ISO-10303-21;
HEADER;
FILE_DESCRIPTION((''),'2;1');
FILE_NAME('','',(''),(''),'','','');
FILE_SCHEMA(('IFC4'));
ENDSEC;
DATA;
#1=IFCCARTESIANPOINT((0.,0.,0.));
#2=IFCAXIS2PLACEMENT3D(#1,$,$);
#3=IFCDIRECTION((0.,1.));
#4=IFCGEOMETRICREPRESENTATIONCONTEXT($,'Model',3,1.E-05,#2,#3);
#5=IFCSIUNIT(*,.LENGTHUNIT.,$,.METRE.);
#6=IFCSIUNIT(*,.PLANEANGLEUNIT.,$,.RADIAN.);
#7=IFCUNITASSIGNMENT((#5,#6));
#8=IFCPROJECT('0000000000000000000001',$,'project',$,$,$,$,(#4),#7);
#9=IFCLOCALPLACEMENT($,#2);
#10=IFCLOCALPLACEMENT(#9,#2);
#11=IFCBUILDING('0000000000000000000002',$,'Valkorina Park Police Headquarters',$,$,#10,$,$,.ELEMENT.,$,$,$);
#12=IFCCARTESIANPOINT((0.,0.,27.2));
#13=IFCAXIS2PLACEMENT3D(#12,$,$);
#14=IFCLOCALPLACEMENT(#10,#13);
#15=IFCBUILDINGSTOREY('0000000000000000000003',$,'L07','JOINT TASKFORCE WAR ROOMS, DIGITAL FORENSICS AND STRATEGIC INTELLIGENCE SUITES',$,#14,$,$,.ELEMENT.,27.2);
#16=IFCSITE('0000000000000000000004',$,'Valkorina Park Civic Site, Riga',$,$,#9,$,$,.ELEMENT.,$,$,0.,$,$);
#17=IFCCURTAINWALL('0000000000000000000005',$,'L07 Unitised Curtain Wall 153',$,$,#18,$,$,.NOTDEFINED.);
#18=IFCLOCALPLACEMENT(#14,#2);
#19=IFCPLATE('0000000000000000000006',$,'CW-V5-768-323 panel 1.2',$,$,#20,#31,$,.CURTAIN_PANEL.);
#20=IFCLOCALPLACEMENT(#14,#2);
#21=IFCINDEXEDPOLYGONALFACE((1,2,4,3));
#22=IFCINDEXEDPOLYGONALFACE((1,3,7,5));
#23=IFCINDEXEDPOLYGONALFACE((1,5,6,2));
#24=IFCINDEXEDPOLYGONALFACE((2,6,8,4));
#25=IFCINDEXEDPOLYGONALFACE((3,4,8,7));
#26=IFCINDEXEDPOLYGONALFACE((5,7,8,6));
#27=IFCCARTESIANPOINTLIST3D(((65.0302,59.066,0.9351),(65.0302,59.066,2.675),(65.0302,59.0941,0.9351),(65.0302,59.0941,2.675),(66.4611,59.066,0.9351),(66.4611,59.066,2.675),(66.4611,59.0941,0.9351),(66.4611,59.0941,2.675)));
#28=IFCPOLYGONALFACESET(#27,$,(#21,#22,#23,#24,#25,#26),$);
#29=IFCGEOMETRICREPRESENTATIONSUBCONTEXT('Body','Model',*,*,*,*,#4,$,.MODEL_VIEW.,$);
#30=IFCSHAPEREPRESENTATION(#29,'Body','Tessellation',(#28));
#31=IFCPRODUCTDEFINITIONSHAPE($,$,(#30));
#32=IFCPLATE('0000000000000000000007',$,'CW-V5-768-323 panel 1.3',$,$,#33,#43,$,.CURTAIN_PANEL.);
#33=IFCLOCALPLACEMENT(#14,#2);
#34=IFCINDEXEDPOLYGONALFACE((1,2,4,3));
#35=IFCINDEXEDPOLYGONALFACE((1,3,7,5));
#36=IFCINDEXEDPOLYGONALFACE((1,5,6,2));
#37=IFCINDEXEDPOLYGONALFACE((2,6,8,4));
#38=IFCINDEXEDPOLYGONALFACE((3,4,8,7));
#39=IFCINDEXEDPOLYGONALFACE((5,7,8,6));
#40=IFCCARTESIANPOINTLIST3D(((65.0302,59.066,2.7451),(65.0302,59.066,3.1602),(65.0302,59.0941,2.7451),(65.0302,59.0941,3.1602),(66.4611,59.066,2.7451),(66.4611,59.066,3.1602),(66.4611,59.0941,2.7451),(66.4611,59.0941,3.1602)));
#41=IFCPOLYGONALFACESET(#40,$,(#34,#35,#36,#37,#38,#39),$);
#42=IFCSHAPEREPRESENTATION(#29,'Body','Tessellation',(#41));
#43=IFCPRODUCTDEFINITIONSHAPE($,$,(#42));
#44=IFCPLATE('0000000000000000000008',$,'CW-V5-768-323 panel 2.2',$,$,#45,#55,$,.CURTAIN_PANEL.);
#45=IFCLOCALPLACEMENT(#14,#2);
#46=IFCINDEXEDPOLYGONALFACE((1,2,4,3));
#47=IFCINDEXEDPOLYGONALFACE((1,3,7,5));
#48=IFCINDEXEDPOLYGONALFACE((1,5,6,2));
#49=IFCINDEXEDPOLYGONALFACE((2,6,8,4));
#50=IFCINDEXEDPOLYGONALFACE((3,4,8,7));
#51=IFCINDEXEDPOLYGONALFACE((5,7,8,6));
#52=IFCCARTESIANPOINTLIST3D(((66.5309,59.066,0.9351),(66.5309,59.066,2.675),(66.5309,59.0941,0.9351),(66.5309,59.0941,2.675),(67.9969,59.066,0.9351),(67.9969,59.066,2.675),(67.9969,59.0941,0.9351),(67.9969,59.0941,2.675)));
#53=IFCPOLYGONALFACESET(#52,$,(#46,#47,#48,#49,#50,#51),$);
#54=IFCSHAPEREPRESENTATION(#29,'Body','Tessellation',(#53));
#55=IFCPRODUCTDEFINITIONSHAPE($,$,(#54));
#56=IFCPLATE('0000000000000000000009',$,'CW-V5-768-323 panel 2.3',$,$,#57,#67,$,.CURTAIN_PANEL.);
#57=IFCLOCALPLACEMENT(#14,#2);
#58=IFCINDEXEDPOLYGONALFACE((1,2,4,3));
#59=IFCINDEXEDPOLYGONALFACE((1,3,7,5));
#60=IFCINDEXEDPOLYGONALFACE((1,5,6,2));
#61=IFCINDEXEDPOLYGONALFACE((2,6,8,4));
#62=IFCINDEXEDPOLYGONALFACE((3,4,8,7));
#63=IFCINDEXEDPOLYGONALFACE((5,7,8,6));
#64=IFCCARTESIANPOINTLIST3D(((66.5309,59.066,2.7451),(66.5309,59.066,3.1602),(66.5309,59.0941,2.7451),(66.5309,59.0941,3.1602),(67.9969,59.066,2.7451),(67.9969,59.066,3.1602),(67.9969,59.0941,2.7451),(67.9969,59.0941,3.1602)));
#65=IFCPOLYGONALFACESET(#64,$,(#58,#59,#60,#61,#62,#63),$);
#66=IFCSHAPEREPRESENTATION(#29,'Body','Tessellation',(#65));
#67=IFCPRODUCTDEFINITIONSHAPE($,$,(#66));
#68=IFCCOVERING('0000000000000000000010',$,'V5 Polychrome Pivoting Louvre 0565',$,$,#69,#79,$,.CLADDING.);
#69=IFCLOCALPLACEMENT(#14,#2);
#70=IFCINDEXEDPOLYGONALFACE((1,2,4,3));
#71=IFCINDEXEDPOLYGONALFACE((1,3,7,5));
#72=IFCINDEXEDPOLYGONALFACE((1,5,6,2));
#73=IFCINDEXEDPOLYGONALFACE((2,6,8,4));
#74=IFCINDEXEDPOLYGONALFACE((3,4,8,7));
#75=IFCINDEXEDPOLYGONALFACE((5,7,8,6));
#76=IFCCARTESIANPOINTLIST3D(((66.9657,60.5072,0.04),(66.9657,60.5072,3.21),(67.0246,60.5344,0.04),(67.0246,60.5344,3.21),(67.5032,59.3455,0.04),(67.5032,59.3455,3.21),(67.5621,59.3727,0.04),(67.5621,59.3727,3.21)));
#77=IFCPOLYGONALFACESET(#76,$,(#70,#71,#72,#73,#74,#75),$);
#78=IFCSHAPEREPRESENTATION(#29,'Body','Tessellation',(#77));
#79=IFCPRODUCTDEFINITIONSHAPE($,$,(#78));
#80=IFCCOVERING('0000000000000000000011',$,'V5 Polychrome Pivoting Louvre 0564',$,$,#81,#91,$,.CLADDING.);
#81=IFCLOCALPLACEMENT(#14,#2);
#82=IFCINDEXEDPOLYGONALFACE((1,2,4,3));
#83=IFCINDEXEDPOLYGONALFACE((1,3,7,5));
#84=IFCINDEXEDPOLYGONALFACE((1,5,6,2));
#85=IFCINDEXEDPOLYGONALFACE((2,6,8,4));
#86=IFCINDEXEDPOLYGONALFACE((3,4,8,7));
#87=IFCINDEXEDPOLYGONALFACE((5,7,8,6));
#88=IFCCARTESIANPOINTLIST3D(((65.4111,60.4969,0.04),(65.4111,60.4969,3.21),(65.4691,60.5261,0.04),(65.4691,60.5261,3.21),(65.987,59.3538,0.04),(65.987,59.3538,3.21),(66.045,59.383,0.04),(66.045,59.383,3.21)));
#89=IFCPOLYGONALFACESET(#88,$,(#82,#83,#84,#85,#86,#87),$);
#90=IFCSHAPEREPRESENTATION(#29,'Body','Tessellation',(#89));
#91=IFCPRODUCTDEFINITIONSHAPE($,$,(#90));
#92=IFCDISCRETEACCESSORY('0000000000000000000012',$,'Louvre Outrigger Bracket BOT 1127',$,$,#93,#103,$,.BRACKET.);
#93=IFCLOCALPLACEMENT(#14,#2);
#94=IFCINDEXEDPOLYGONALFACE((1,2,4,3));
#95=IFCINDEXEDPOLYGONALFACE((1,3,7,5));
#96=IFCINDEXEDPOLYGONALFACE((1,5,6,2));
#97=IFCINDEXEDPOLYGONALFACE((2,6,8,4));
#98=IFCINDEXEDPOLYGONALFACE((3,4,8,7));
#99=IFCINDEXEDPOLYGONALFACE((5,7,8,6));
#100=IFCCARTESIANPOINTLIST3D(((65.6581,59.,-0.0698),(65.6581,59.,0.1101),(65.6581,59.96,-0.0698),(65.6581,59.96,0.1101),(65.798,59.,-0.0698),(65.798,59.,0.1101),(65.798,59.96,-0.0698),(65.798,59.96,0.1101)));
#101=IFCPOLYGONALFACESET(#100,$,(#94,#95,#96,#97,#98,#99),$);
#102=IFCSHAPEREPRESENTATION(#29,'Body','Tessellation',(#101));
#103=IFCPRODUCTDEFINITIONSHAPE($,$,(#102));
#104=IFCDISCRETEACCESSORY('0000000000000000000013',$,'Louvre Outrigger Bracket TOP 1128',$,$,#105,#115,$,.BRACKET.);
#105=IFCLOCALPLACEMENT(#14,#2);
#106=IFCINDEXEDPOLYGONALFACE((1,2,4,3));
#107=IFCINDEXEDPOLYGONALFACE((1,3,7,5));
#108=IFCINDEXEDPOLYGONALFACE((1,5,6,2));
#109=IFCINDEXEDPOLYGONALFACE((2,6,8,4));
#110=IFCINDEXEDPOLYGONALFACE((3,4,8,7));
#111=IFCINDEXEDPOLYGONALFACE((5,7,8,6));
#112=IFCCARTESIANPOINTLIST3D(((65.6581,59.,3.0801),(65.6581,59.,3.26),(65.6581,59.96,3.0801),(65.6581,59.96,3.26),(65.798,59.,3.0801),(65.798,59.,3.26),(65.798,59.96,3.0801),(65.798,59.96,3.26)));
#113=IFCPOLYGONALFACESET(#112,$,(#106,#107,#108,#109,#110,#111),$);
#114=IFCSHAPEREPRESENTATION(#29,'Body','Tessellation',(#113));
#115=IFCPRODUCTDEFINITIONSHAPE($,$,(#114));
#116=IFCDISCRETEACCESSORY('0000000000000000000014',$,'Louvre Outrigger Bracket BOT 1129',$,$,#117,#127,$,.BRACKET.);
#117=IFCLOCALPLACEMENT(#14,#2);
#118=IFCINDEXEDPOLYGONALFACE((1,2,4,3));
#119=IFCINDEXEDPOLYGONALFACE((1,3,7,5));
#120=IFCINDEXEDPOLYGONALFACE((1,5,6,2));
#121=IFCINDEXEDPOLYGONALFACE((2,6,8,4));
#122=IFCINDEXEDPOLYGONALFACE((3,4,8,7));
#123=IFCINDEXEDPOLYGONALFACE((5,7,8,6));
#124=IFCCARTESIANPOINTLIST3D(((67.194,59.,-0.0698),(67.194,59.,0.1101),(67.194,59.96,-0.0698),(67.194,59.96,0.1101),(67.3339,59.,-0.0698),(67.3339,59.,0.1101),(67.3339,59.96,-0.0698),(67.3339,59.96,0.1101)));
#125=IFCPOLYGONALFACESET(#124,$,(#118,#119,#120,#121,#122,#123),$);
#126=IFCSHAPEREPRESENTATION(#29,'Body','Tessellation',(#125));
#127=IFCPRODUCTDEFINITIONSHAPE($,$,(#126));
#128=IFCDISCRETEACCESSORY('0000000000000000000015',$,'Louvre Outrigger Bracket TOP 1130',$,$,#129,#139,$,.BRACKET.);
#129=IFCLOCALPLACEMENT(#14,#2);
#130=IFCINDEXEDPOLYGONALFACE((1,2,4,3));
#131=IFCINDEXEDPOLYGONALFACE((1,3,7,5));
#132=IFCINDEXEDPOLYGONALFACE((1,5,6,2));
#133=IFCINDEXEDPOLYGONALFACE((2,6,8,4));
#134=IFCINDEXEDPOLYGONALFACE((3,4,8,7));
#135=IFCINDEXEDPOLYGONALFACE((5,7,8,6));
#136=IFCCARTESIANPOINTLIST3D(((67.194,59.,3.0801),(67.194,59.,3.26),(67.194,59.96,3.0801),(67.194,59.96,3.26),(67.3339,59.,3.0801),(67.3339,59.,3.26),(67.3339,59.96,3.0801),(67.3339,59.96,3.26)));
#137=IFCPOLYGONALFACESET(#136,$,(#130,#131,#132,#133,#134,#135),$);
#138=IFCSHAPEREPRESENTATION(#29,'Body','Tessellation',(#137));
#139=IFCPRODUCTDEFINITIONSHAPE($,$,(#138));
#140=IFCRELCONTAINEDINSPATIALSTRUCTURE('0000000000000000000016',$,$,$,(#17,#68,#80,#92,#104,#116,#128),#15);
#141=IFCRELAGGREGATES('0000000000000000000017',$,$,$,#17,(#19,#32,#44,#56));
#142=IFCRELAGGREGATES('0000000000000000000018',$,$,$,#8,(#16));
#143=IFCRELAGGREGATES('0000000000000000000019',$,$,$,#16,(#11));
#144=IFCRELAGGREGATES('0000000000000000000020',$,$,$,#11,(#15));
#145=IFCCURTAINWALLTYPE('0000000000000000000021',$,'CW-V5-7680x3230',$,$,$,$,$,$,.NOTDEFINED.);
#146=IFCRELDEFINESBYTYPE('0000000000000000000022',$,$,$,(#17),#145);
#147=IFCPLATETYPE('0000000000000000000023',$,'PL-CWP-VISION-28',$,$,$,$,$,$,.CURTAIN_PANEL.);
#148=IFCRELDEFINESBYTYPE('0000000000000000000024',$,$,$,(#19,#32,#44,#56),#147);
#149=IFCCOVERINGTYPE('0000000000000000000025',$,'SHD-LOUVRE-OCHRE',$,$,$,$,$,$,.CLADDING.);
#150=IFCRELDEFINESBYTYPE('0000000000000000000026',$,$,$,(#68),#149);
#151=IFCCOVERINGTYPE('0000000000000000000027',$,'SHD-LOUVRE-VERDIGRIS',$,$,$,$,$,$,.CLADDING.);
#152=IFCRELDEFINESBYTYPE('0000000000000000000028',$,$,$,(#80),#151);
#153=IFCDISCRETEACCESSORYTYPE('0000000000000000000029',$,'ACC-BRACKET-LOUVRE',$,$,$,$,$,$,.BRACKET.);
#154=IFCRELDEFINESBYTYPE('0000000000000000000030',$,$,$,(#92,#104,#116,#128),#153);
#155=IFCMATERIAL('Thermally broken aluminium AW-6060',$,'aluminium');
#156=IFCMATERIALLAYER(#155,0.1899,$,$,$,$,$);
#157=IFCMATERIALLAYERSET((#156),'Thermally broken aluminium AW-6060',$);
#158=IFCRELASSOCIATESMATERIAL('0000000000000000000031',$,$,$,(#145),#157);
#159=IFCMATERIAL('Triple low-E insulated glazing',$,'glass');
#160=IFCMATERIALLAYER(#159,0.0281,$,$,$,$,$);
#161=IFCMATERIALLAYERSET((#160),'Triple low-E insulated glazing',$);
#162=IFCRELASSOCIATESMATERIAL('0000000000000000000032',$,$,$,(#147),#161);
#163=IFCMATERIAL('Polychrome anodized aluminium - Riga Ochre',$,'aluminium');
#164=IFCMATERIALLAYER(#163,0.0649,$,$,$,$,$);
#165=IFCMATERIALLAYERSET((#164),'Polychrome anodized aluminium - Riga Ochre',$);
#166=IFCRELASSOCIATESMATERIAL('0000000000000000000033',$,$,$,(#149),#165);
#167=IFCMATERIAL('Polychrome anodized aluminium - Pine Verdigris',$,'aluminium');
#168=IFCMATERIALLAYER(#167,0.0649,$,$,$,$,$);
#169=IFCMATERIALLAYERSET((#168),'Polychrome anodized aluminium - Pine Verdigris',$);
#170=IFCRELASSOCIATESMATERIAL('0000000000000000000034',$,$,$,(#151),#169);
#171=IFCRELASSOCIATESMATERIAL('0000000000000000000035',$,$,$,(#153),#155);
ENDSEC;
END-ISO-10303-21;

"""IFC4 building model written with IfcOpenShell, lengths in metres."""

from ifc_helpers import new_model, si_unit, direction, frame, origin, origin_2d, place, context, subcontext, project, spatial, rectangle, extrude, material, layer, layer_set, type_object, element, aggregate, save


model = new_model("IFC4")

# Units and contexts
model_context = context("Model", 3, precision=1e-05, world=origin(), true_north=direction((0.0, 1.0)))
body_context = subcontext(model_context, "Body", "Model", "MODEL_VIEW")
ifc_project = project(units=[si_unit("LENGTHUNIT", "METRE"), si_unit("PLANEANGLEUNIT", "RADIAN")], contexts=[model_context])

# Site, building, storey
site_placement = place(None, origin())
site = spatial("IfcSite", under=ifc_project, at=site_placement, Name="Valkorina Park Civic Site, Riga", CompositionType="ELEMENT", RefElevation=0.0)
building_placement = place(site_placement, origin())
building = spatial("IfcBuilding", under=site, at=building_placement, Name="Valkorina Park Police Headquarters", CompositionType="ELEMENT")
storey_placement = place(building_placement, frame((0.0, 0.0, 27.2)))
storey = spatial("IfcBuildingStorey", under=building, at=storey_placement, Name="L07", Description="JOINT TASKFORCE WAR ROOMS, DIGITAL FORENSICS AND STRATEGIC INTELLIGENCE SUITES", CompositionType="ELEMENT", Elevation=27.2)

# Curtain wall, plates
ifc_material_1 = material(Name="Thermally broken aluminium AW-6060", Category="aluminium")
ifc_layer_1 = layer(ifc_material_1, 0.1899)
ifc_layer_set_1 = layer_set([ifc_layer_1], Name="Thermally broken aluminium AW-6060")
curtain_wall_type = type_object("IfcCurtainWallType", Name="CW-V5-7680x3230", PredefinedType="NOTDEFINED", material=ifc_layer_set_1)
curtain_wall_placement = place(storey_placement, origin())
curtain_wall = element("IfcCurtainWall", 1, at=curtain_wall_placement, inside=storey, type_object=curtain_wall_type, Name="L07 Unitised Curtain Wall 153", PredefinedType="NOTDEFINED")
ifc_material_2 = material(Name="Triple low-E insulated glazing", Category="glass")
ifc_layer_2 = layer(ifc_material_2, 0.0281)
ifc_layer_set_2 = layer_set([ifc_layer_2], Name="Triple low-E insulated glazing")
plate_type_1 = type_object("IfcPlateType", Name="PL-CWP-VISION-28", PredefinedType="CURTAIN_PANEL", material=ifc_layer_set_2)
plate_1_placement = place(storey_placement, frame((65.7456, 59.0801, 0.9351), z_axis=(0.0, 0.0, 1.0), x_axis=(1.0, 0.0, 0.0)))
plate_1 = element("IfcPlate", 2, at=plate_1_placement, type_object=plate_type_1, Name="CW-V5-768-323 panel 1.2", PredefinedType="CURTAIN_PANEL", context=body_context, shape_type="SweptSolid", body=[
    extrude(rectangle(XDim=1.4309, YDim=0.0281, at=origin_2d()), origin(), (0.0, 0.0, 1.0), 1.74),
])
plate_2_placement = place(storey_placement, frame((65.7456, 59.0801, 2.7451), z_axis=(0.0, 0.0, 1.0), x_axis=(1.0, 0.0, 0.0)))
plate_2 = element("IfcPlate", 3, at=plate_2_placement, type_object=plate_type_1, Name="CW-V5-768-323 panel 1.3", PredefinedType="CURTAIN_PANEL", context=body_context, shape_type="SweptSolid", body=[
    extrude(rectangle(XDim=1.4309, YDim=0.0281, at=origin_2d()), origin(), (0.0, 0.0, 1.0), 0.415),
])
plate_3_placement = place(storey_placement, frame((67.2639, 59.0801, 0.9351), z_axis=(0.0, 0.0, 1.0), x_axis=(1.0, 0.0, 0.0)))
plate_3 = element("IfcPlate", 4, at=plate_3_placement, type_object=plate_type_1, Name="CW-V5-768-323 panel 2.2", PredefinedType="CURTAIN_PANEL", context=body_context, shape_type="SweptSolid", body=[
    extrude(rectangle(XDim=1.4661, YDim=0.0281, at=origin_2d()), origin(), (0.0, 0.0, 1.0), 1.74),
])
plate_4_placement = place(storey_placement, frame((67.2639, 59.0801, 2.7451), z_axis=(0.0, 0.0, 1.0), x_axis=(1.0, 0.0, 0.0)))
plate_4 = element("IfcPlate", 5, at=plate_4_placement, type_object=plate_type_1, Name="CW-V5-768-323 panel 2.3", PredefinedType="CURTAIN_PANEL", context=body_context, shape_type="SweptSolid", body=[
    extrude(rectangle(XDim=1.4661, YDim=0.0281, at=origin_2d()), origin(), (0.0, 0.0, 1.0), 0.415),
])
aggregate(curtain_wall, [plate_1, plate_2, plate_3, plate_4])

# Coverings
ifc_material_3 = material(Name="Polychrome anodized aluminium - Riga Ochre", Category="aluminium")
ifc_layer_3 = layer(ifc_material_3, 0.0649)
ifc_layer_set_3 = layer_set([ifc_layer_3], Name="Polychrome anodized aluminium - Riga Ochre")
covering_type_1 = type_object("IfcCoveringType", Name="SHD-LOUVRE-OCHRE", PredefinedType="CLADDING", material=ifc_layer_set_3)
covering_1_placement = place(storey_placement, frame((67.2639, 59.9399, 0.04), z_axis=(0.0, 0.0, 1.0), x_axis=(-0.419927, 0.907558, 0.0)))
element("IfcCovering", 6, at=covering_1_placement, inside=storey, type_object=covering_type_1, Name="V5 Polychrome Pivoting Louvre 0565", PredefinedType="CLADDING", context=body_context, shape_type="SweptSolid", body=[
    extrude(rectangle(XDim=1.28, YDim=0.0649, at=origin_2d()), origin(), (0.0, 0.0, 1.0), 3.1699),
])
ifc_material_4 = material(Name="Polychrome anodized aluminium - Pine Verdigris", Category="aluminium")
ifc_layer_4 = layer(ifc_material_4, 0.0649)
ifc_layer_set_4 = layer_set([ifc_layer_4], Name="Polychrome anodized aluminium - Pine Verdigris")
covering_type_2 = type_object("IfcCoveringType", Name="SHD-LOUVRE-VERDIGRIS", PredefinedType="CLADDING", material=ifc_layer_set_4)
covering_2_placement = place(storey_placement, frame((65.728, 59.9399, 0.04), z_axis=(0.0, 0.0, 1.0), x_axis=(-0.449943, 0.893057, 0.0)))
element("IfcCovering", 7, at=covering_2_placement, inside=storey, type_object=covering_type_2, Name="V5 Polychrome Pivoting Louvre 0564", PredefinedType="CLADDING", context=body_context, shape_type="SweptSolid", body=[
    extrude(rectangle(XDim=1.28, YDim=0.0649, at=origin_2d()), origin(), (0.0, 0.0, 1.0), 3.1699),
])

# Discrete accessories
discrete_accessory_type = type_object("IfcDiscreteAccessoryType", Name="ACC-BRACKET-LOUVRE", PredefinedType="BRACKET", material=ifc_material_1)
for number, where, z_axis, x_axis, name in (
    (8, (65.728, 59.48, -0.0698), (0.0, 0.0, 1.0), (0.0, 1.0, 0.0), "Louvre Outrigger Bracket BOT 1127"),
    (9, (65.728, 59.48, 3.0801), (0.0, 0.0, 1.0), (0.0, 1.0, 0.0), "Louvre Outrigger Bracket TOP 1128"),
    (10, (67.2639, 59.48, -0.0698), (0.0, 0.0, 1.0), (0.0, 1.0, 0.0), "Louvre Outrigger Bracket BOT 1129"),
    (11, (67.2639, 59.48, 3.0801), (0.0, 0.0, 1.0), (0.0, 1.0, 0.0), "Louvre Outrigger Bracket TOP 1130"),
):
    element("IfcDiscreteAccessory", number, at=place(storey_placement, frame(where, z_axis=z_axis, x_axis=x_axis)), inside=storey, type_object=discrete_accessory_type, Name=name, PredefinedType="BRACKET", context=body_context, shape_type="SweptSolid", body=[
        extrude(rectangle(XDim=0.96, YDim=0.1399, at=origin_2d()), origin(), (0.0, 0.0, 1.0), 0.1799),
    ])

save(model, "model.ifc")
